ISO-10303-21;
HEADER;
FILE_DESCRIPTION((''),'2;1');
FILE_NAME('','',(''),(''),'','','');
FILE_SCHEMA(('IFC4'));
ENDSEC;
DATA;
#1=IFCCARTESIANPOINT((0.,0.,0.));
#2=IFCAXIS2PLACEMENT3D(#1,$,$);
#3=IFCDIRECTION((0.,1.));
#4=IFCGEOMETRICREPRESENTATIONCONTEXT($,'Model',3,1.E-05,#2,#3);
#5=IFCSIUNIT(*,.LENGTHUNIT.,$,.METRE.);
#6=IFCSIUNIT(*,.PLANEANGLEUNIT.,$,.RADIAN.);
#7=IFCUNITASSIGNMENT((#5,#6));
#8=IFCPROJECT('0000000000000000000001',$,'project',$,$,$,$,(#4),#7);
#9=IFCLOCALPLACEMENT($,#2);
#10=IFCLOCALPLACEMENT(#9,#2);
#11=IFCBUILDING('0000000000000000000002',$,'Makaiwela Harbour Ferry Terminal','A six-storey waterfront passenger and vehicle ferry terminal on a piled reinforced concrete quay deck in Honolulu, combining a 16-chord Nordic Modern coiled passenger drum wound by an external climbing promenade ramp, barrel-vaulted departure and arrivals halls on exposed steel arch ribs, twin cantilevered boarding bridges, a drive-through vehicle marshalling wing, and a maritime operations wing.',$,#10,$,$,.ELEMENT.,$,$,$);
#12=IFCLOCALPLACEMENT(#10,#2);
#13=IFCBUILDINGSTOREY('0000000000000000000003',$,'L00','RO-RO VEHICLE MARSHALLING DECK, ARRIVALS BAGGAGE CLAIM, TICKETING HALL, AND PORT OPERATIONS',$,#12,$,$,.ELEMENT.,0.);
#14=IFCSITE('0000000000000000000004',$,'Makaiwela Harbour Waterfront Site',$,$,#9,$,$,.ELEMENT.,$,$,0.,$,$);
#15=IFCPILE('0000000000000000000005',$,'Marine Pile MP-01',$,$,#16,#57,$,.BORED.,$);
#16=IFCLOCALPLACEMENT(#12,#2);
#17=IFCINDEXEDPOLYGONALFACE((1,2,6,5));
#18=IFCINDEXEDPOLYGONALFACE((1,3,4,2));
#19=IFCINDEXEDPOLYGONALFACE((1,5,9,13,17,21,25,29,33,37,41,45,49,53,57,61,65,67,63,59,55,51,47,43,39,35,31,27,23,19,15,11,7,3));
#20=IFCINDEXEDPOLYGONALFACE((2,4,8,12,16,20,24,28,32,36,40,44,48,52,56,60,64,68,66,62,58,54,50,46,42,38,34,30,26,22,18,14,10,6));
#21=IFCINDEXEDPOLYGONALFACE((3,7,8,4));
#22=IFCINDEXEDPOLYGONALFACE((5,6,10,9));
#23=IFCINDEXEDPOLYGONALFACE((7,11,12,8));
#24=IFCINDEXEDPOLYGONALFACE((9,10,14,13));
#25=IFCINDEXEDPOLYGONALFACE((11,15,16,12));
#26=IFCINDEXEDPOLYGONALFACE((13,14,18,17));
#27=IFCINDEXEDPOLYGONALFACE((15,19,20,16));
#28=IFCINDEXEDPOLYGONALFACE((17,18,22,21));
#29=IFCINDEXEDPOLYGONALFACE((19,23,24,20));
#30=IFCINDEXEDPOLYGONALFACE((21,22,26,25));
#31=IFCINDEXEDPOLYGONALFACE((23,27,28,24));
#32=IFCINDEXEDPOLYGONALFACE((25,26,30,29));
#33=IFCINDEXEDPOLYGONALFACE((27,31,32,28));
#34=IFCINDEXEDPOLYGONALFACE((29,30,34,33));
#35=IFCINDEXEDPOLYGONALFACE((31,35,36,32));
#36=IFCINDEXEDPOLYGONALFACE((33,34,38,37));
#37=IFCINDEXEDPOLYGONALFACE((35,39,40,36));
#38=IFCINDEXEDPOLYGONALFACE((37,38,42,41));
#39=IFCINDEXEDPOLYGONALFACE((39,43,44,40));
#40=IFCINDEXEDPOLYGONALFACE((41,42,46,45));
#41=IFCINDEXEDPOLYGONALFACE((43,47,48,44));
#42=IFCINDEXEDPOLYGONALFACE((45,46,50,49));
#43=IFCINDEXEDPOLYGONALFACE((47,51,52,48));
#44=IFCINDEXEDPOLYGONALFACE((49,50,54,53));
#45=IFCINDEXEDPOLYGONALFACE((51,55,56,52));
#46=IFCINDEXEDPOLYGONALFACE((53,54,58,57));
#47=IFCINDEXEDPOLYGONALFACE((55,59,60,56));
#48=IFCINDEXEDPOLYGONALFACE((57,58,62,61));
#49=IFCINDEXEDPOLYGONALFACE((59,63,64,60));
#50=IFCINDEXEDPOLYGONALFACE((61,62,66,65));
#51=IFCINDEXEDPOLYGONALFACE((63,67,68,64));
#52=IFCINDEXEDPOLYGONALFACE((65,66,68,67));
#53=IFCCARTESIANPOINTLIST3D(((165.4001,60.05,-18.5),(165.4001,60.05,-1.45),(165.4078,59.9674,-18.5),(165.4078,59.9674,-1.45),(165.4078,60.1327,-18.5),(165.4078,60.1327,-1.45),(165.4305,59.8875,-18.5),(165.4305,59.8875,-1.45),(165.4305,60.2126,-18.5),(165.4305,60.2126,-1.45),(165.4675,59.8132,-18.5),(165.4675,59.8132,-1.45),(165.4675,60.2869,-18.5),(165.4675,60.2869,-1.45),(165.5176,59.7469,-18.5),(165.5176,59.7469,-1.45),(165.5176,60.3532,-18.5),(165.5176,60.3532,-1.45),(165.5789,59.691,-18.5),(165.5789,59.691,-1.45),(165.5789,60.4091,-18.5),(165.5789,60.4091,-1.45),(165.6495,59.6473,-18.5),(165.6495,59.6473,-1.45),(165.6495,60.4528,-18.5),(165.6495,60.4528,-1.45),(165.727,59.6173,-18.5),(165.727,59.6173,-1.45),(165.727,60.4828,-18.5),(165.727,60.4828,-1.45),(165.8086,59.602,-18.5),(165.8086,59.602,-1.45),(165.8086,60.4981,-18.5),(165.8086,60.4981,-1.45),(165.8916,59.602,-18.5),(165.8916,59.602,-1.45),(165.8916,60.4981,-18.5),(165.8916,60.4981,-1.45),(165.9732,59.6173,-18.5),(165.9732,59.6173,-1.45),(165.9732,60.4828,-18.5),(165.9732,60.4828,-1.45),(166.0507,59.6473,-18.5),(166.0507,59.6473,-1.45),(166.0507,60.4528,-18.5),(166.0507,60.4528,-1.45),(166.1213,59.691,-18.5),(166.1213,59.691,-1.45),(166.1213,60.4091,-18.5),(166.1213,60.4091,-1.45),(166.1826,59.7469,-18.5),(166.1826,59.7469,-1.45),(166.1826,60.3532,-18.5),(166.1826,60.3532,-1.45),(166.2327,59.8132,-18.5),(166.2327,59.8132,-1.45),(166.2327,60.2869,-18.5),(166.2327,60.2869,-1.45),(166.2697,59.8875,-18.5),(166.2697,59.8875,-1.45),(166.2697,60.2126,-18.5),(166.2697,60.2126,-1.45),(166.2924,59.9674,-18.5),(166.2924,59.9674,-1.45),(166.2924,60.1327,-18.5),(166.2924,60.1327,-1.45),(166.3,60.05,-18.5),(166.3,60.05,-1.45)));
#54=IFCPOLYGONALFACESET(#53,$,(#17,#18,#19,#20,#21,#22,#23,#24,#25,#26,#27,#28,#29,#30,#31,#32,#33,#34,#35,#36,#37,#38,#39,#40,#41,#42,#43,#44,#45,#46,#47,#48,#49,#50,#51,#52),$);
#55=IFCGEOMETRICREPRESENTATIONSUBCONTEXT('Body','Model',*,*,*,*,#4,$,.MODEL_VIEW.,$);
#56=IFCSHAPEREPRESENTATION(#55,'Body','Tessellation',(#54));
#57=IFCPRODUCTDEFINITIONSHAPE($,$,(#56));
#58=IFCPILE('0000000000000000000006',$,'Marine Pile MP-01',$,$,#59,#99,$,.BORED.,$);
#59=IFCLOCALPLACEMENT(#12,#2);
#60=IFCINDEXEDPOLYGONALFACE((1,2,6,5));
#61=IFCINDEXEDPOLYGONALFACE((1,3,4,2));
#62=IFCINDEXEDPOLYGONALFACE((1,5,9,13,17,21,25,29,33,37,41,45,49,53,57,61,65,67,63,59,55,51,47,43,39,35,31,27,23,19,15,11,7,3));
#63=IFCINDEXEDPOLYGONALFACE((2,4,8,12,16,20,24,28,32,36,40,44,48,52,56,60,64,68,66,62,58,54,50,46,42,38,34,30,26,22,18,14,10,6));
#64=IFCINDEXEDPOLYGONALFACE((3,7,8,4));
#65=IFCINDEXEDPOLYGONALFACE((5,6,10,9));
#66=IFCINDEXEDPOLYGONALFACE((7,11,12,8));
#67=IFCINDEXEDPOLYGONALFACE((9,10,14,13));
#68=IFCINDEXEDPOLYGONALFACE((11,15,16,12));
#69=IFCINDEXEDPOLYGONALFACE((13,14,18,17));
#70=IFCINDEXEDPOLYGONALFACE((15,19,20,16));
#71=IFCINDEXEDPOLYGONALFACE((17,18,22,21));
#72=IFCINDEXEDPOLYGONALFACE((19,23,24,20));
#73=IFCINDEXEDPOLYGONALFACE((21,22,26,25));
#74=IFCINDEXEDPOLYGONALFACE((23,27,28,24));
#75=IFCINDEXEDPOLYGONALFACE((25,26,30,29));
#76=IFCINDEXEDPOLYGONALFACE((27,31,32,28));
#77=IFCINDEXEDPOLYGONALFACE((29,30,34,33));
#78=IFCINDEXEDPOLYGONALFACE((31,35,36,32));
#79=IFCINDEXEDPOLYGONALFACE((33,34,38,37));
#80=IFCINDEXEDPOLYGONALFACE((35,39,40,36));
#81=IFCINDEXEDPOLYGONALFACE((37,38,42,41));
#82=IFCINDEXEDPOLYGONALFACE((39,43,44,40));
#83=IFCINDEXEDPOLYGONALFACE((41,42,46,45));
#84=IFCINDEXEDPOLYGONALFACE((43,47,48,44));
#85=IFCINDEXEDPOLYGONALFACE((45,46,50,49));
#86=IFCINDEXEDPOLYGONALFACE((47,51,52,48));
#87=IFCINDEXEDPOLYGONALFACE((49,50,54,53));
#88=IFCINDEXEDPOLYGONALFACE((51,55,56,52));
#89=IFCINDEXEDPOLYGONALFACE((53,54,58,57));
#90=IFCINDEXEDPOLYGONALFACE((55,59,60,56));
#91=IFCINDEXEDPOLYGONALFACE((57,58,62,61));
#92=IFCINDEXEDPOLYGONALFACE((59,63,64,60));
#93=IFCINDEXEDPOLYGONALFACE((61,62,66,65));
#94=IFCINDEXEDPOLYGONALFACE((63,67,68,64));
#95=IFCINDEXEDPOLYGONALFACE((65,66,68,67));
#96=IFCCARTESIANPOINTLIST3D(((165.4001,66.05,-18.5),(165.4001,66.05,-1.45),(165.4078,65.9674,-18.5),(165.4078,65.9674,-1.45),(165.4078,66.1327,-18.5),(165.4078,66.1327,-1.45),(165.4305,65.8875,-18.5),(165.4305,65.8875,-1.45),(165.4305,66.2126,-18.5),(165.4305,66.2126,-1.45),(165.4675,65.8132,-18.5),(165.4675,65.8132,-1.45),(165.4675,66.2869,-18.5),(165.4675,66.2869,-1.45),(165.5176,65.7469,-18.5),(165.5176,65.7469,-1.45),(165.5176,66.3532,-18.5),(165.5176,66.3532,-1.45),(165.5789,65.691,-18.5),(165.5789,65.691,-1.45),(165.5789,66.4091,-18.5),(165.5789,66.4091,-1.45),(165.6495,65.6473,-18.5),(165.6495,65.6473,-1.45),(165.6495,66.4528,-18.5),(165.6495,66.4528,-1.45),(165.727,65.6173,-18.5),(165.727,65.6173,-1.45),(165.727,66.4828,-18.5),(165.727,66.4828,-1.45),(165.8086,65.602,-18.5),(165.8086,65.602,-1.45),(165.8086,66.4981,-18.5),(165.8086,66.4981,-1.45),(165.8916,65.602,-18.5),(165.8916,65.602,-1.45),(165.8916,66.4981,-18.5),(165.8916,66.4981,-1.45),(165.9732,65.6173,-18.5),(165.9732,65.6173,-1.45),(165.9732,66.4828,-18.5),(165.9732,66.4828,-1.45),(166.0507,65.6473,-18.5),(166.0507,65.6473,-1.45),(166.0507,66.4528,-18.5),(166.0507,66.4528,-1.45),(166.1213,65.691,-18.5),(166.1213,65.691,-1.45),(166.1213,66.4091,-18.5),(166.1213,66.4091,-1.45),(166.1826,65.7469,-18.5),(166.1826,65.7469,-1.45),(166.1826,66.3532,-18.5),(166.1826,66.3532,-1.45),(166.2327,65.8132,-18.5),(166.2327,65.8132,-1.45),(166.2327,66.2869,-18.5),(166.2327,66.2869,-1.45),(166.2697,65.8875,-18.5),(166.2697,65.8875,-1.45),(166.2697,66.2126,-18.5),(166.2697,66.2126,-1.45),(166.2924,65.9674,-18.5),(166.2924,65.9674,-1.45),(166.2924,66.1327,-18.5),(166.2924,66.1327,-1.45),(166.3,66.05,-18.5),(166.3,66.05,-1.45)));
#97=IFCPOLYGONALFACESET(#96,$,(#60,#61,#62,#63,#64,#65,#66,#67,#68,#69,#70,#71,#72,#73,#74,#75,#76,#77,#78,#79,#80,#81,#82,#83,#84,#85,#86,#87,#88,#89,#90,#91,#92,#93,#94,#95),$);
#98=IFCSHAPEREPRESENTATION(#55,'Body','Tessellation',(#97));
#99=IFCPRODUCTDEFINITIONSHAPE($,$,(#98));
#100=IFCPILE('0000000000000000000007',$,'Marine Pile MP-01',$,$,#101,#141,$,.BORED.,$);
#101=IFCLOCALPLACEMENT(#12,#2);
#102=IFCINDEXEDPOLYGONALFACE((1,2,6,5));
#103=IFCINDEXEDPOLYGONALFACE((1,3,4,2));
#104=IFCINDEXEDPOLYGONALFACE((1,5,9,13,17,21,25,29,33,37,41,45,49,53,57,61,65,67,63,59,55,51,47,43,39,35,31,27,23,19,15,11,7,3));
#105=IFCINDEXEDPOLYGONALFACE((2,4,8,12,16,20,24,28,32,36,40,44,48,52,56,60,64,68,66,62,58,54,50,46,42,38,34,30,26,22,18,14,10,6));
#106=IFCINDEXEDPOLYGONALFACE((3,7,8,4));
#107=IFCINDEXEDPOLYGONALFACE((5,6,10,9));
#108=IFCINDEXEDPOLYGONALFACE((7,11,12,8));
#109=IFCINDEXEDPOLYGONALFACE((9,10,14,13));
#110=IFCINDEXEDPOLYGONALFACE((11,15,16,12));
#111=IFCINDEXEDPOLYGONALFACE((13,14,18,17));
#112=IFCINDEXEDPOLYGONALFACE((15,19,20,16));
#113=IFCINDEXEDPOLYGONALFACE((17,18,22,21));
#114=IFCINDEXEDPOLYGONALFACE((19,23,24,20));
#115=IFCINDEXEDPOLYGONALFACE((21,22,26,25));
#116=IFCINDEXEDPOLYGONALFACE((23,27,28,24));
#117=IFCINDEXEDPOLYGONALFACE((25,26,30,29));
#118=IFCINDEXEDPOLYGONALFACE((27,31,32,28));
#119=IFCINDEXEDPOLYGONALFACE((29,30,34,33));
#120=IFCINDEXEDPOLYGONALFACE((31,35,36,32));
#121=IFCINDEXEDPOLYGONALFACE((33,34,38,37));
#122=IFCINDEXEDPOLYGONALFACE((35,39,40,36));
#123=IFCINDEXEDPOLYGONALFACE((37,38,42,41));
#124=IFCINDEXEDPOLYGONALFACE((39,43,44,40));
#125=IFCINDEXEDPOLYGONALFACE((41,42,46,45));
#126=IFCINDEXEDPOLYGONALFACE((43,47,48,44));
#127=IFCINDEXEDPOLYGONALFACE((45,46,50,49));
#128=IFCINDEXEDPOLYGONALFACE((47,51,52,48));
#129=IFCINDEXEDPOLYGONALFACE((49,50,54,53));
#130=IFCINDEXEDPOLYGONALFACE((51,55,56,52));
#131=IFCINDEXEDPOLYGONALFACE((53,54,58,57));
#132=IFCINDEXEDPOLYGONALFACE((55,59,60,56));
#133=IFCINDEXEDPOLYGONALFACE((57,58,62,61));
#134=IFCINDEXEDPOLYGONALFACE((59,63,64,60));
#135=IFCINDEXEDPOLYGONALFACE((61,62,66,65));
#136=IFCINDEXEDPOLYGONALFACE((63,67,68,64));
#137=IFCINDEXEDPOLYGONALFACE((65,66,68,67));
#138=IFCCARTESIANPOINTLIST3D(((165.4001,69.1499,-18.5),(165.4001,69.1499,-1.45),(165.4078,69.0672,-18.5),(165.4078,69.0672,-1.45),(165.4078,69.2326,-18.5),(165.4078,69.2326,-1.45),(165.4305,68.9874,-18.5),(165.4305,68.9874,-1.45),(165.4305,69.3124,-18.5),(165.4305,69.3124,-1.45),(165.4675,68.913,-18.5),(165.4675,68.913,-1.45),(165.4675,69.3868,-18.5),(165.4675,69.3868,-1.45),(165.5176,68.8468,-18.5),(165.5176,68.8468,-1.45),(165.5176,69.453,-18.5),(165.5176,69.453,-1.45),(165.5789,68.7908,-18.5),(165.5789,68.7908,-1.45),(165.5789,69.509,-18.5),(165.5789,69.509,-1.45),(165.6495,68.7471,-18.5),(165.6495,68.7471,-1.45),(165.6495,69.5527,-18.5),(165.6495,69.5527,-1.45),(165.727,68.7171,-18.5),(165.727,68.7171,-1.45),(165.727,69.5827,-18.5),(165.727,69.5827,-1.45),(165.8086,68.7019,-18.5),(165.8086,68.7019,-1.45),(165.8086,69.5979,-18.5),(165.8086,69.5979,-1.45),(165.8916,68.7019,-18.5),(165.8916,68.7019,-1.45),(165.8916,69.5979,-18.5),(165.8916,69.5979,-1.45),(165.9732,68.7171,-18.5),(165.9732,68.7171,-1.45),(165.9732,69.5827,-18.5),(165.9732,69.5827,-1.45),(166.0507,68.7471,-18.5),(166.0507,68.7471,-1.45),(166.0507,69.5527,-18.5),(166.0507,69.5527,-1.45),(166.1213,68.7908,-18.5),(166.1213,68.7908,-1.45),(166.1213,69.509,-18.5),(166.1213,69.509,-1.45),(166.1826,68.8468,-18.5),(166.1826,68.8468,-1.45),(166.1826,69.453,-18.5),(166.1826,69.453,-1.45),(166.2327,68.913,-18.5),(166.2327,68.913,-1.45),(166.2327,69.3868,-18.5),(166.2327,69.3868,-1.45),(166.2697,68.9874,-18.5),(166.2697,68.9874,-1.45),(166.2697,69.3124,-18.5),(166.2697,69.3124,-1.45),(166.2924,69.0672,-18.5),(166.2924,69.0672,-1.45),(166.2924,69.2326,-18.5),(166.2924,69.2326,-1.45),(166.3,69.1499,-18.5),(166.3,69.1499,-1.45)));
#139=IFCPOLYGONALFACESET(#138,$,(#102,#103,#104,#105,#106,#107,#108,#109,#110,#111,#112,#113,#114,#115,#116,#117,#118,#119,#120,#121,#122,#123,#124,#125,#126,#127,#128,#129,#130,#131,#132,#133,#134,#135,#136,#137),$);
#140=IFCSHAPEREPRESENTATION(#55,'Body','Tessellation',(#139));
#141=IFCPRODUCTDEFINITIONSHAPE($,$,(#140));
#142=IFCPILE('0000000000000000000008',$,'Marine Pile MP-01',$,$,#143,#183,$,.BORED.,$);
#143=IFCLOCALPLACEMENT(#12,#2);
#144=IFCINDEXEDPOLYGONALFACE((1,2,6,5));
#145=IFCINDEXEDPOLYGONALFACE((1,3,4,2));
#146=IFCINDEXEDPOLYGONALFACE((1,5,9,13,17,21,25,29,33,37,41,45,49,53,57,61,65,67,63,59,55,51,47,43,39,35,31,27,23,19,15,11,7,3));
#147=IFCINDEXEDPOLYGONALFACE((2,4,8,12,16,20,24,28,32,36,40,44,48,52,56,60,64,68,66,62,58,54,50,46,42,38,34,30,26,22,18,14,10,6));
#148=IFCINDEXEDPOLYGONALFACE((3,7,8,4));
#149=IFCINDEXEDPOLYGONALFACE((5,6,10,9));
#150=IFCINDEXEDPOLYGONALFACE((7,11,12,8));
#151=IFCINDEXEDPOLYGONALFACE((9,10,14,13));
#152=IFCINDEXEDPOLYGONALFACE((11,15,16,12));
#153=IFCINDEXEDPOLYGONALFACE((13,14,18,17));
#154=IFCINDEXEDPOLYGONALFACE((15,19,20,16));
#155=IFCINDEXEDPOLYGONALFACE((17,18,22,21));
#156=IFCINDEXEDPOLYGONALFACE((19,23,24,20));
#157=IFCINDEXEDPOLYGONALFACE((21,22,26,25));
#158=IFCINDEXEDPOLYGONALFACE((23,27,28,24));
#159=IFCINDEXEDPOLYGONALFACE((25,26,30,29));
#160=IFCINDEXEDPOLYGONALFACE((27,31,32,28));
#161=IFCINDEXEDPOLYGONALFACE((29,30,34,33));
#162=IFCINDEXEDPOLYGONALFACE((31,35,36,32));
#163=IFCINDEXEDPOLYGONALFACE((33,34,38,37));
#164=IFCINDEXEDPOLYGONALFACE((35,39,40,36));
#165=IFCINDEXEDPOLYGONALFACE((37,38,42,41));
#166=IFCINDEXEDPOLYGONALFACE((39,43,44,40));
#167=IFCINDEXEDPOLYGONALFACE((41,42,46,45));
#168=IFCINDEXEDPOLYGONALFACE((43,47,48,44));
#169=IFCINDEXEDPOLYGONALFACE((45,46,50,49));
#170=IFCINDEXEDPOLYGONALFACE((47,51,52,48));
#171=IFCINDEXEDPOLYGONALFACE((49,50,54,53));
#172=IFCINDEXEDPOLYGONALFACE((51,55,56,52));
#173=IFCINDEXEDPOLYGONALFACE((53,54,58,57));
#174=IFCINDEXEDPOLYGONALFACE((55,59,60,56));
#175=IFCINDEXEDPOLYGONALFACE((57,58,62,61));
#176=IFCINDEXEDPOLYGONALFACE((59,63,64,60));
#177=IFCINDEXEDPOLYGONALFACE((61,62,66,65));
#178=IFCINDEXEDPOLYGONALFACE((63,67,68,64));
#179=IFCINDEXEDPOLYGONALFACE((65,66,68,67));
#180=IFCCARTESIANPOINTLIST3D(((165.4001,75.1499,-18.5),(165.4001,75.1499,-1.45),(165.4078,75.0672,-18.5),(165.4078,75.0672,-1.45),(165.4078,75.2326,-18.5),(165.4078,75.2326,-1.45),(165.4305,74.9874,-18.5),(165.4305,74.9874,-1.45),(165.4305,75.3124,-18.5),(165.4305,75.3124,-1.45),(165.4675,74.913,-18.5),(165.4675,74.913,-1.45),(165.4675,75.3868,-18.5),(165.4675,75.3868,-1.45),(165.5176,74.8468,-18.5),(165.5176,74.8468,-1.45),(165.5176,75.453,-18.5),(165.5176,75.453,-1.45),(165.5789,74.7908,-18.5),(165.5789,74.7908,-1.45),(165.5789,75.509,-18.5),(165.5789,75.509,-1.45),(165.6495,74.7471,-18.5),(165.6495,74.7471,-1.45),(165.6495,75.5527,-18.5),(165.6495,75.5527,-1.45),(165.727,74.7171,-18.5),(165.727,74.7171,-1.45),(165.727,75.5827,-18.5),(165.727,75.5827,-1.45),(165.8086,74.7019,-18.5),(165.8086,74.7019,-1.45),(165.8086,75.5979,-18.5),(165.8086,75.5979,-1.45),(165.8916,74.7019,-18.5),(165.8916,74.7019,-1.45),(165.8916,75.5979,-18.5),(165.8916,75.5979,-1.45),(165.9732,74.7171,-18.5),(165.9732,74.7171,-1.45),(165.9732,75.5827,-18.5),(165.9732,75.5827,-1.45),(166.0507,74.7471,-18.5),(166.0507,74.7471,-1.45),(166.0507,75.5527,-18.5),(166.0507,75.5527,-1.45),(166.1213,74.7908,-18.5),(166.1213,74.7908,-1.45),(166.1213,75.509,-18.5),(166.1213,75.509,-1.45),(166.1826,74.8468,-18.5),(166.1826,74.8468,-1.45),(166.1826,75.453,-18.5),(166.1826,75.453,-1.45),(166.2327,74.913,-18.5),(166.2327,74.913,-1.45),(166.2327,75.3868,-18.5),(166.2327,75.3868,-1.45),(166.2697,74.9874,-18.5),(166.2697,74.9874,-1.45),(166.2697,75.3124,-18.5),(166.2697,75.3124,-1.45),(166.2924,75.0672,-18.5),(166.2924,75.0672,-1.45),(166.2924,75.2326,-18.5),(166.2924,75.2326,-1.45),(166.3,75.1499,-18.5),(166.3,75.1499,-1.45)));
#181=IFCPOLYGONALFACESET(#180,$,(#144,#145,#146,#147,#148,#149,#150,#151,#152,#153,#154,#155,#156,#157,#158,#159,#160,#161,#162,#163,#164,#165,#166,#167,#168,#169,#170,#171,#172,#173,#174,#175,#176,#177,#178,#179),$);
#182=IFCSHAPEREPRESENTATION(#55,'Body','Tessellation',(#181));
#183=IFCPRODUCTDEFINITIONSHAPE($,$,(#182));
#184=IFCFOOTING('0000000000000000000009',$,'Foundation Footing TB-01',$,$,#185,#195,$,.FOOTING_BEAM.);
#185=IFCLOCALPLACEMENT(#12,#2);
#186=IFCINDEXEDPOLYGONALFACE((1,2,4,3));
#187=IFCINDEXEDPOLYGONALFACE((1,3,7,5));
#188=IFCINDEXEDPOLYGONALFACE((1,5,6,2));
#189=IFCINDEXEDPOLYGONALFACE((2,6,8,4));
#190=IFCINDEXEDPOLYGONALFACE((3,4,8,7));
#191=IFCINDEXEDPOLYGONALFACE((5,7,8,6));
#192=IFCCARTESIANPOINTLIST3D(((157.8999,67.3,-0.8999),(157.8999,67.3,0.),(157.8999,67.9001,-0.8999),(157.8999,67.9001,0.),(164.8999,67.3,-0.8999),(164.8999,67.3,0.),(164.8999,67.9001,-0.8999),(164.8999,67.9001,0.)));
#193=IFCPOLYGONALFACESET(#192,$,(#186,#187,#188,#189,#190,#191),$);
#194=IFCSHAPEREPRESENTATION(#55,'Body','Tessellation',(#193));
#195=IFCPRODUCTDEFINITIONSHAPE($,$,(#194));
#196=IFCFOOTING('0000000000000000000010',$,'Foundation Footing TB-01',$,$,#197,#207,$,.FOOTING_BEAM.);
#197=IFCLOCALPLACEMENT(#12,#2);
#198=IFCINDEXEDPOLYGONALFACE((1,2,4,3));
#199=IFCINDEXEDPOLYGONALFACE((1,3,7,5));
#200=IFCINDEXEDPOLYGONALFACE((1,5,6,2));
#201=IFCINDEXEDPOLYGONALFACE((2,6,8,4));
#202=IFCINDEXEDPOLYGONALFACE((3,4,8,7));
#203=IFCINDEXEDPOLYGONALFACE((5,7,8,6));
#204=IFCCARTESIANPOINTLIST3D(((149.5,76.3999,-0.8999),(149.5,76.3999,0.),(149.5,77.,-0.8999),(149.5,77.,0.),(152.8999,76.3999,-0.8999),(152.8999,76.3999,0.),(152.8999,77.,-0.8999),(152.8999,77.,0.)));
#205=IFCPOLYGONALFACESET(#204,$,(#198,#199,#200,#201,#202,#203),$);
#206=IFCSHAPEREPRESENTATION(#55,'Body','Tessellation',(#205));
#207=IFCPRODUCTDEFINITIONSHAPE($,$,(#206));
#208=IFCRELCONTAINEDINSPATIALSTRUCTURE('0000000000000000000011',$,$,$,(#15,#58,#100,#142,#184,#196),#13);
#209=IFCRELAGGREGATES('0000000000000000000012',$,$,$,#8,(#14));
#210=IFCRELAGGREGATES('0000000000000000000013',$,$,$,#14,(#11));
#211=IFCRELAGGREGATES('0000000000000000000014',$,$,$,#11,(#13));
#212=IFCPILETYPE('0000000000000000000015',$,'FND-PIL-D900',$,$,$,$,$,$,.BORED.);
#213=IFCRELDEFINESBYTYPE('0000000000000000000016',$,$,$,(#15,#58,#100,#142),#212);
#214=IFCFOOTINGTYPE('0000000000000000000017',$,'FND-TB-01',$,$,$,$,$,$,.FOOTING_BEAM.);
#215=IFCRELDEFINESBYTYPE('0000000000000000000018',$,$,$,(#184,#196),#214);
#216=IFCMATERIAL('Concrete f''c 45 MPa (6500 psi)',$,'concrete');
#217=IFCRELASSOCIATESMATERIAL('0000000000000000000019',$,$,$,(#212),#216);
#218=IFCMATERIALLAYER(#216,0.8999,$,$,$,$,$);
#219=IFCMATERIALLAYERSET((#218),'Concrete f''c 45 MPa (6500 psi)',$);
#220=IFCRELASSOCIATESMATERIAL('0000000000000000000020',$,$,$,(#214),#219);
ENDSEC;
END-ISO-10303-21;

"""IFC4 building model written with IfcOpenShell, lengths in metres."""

from ifc_helpers import new_model, si_unit, direction, frame, origin, origin_2d, place, context, subcontext, project, spatial, rectangle, circle, extrude, material, layer, layer_set, material_profile, profile_set, type_object, element, save


model = new_model("IFC4")

# Units and contexts
model_context = context("Model", 3, precision=1e-05, world=origin(), true_north=direction((0.0, 1.0)))
body_context = subcontext(model_context, "Body", "Model", "MODEL_VIEW")
ifc_project = project(units=[si_unit("LENGTHUNIT", "METRE"), si_unit("PLANEANGLEUNIT", "RADIAN")], contexts=[model_context])

# Site, building, storey
site_placement = place(None, origin())
site = spatial("IfcSite", under=ifc_project, at=site_placement, Name="Makaiwela Harbour Waterfront Site", CompositionType="ELEMENT", RefElevation=0.0)
building_placement = place(site_placement, origin())
building = spatial("IfcBuilding", under=site, at=building_placement, Name="Makaiwela Harbour Ferry Terminal", Description="A six-storey waterfront passenger and vehicle ferry terminal on a piled reinforced concrete quay deck in Honolulu, combining a 16-chord Nordic Modern coiled passenger drum wound by an external climbing promenade ramp, barrel-vaulted departure and arrivals halls on exposed steel arch ribs, twin cantilevered boarding bridges, a drive-through vehicle marshalling wing, and a maritime operations wing.", CompositionType="ELEMENT")
storey_placement = place(building_placement, origin())
storey = spatial("IfcBuildingStorey", under=building, at=storey_placement, Name="L00", Description="RO-RO VEHICLE MARSHALLING DECK, ARRIVALS BAGGAGE CLAIM, TICKETING HALL, AND PORT OPERATIONS", CompositionType="ELEMENT", Elevation=0.0)

# Shared definitions
ifc_material_1 = material(Name="Concrete f'c 45 MPa (6500 psi)", Category="concrete")

# Piles
ifc_material_profile_1 = material_profile(ifc_material_1, circle(Radius=0.45, at=origin_2d()), Name="PILE-D900")
ifc_profile_set_1 = profile_set([ifc_material_profile_1], Name="Concrete f'c 45 MPa (6500 psi)")
pile_type = type_object("IfcPileType", Name="FND-PIL-D900", PredefinedType="BORED", material=ifc_profile_set_1)
for number, where, z_axis, x_axis, name in (
    (1, (165.8501, 60.05, -1.45), (0.0, 0.0, -1.0), (1.0, 0.0, 0.0), "Marine Pile MP-01"),
    (2, (165.8501, 66.05, -1.45), (0.0, 0.0, -1.0), (1.0, 0.0, 0.0), "Marine Pile MP-01"),
    (3, (165.8501, 69.1499, -1.45), (0.0, 0.0, -1.0), (1.0, 0.0, 0.0), "Marine Pile MP-01"),
    (4, (165.8501, 75.1499, -1.45), (0.0, 0.0, -1.0), (1.0, 0.0, 0.0), "Marine Pile MP-01"),
):
    element("IfcPile", number, at=place(storey_placement, frame(where, z_axis=z_axis, x_axis=x_axis)), inside=storey, type_object=pile_type, Name=name, PredefinedType="BORED", context=body_context, shape_type="SweptSolid", body=[
        extrude(circle(Radius=0.45, at=origin_2d()), origin(), (0.0, 0.0, 1.0), 17.05),
    ])

# Footings
ifc_layer_1 = layer(ifc_material_1, 0.8999)
ifc_layer_set_1 = layer_set([ifc_layer_1], Name="Concrete f'c 45 MPa (6500 psi)")
footing_type_1 = type_object("IfcFootingType", Name="FND-TB-01", PredefinedType="FOOTING_BEAM", material=ifc_layer_set_1)
footing_1_placement = place(storey_placement, frame((161.3999, 67.6001, -0.8999), z_axis=(0.0, 0.0, 1.0), x_axis=(1.0, 0.0, 0.0)))
element("IfcFooting", 5, at=footing_1_placement, inside=storey, type_object=footing_type_1, Name="Foundation Footing TB-01", PredefinedType="FOOTING_BEAM", context=body_context, shape_type="SweptSolid", body=[
    extrude(rectangle(XDim=7.0, YDim=0.6001, at=origin_2d()), origin(), (0.0, 0.0, 1.0), 0.8999),
])
footing_2_placement = place(storey_placement, frame((151.2, 76.7, -0.8999), z_axis=(0.0, 0.0, 1.0), x_axis=(1.0, 0.0, 0.0)))
element("IfcFooting", 6, at=footing_2_placement, inside=storey, type_object=footing_type_1, Name="Foundation Footing TB-01", PredefinedType="FOOTING_BEAM", context=body_context, shape_type="SweptSolid", body=[
    extrude(rectangle(XDim=3.3999, YDim=0.6001, at=origin_2d()), origin(), (0.0, 0.0, 1.0), 0.8999),
])

save(model, "model.ifc")
